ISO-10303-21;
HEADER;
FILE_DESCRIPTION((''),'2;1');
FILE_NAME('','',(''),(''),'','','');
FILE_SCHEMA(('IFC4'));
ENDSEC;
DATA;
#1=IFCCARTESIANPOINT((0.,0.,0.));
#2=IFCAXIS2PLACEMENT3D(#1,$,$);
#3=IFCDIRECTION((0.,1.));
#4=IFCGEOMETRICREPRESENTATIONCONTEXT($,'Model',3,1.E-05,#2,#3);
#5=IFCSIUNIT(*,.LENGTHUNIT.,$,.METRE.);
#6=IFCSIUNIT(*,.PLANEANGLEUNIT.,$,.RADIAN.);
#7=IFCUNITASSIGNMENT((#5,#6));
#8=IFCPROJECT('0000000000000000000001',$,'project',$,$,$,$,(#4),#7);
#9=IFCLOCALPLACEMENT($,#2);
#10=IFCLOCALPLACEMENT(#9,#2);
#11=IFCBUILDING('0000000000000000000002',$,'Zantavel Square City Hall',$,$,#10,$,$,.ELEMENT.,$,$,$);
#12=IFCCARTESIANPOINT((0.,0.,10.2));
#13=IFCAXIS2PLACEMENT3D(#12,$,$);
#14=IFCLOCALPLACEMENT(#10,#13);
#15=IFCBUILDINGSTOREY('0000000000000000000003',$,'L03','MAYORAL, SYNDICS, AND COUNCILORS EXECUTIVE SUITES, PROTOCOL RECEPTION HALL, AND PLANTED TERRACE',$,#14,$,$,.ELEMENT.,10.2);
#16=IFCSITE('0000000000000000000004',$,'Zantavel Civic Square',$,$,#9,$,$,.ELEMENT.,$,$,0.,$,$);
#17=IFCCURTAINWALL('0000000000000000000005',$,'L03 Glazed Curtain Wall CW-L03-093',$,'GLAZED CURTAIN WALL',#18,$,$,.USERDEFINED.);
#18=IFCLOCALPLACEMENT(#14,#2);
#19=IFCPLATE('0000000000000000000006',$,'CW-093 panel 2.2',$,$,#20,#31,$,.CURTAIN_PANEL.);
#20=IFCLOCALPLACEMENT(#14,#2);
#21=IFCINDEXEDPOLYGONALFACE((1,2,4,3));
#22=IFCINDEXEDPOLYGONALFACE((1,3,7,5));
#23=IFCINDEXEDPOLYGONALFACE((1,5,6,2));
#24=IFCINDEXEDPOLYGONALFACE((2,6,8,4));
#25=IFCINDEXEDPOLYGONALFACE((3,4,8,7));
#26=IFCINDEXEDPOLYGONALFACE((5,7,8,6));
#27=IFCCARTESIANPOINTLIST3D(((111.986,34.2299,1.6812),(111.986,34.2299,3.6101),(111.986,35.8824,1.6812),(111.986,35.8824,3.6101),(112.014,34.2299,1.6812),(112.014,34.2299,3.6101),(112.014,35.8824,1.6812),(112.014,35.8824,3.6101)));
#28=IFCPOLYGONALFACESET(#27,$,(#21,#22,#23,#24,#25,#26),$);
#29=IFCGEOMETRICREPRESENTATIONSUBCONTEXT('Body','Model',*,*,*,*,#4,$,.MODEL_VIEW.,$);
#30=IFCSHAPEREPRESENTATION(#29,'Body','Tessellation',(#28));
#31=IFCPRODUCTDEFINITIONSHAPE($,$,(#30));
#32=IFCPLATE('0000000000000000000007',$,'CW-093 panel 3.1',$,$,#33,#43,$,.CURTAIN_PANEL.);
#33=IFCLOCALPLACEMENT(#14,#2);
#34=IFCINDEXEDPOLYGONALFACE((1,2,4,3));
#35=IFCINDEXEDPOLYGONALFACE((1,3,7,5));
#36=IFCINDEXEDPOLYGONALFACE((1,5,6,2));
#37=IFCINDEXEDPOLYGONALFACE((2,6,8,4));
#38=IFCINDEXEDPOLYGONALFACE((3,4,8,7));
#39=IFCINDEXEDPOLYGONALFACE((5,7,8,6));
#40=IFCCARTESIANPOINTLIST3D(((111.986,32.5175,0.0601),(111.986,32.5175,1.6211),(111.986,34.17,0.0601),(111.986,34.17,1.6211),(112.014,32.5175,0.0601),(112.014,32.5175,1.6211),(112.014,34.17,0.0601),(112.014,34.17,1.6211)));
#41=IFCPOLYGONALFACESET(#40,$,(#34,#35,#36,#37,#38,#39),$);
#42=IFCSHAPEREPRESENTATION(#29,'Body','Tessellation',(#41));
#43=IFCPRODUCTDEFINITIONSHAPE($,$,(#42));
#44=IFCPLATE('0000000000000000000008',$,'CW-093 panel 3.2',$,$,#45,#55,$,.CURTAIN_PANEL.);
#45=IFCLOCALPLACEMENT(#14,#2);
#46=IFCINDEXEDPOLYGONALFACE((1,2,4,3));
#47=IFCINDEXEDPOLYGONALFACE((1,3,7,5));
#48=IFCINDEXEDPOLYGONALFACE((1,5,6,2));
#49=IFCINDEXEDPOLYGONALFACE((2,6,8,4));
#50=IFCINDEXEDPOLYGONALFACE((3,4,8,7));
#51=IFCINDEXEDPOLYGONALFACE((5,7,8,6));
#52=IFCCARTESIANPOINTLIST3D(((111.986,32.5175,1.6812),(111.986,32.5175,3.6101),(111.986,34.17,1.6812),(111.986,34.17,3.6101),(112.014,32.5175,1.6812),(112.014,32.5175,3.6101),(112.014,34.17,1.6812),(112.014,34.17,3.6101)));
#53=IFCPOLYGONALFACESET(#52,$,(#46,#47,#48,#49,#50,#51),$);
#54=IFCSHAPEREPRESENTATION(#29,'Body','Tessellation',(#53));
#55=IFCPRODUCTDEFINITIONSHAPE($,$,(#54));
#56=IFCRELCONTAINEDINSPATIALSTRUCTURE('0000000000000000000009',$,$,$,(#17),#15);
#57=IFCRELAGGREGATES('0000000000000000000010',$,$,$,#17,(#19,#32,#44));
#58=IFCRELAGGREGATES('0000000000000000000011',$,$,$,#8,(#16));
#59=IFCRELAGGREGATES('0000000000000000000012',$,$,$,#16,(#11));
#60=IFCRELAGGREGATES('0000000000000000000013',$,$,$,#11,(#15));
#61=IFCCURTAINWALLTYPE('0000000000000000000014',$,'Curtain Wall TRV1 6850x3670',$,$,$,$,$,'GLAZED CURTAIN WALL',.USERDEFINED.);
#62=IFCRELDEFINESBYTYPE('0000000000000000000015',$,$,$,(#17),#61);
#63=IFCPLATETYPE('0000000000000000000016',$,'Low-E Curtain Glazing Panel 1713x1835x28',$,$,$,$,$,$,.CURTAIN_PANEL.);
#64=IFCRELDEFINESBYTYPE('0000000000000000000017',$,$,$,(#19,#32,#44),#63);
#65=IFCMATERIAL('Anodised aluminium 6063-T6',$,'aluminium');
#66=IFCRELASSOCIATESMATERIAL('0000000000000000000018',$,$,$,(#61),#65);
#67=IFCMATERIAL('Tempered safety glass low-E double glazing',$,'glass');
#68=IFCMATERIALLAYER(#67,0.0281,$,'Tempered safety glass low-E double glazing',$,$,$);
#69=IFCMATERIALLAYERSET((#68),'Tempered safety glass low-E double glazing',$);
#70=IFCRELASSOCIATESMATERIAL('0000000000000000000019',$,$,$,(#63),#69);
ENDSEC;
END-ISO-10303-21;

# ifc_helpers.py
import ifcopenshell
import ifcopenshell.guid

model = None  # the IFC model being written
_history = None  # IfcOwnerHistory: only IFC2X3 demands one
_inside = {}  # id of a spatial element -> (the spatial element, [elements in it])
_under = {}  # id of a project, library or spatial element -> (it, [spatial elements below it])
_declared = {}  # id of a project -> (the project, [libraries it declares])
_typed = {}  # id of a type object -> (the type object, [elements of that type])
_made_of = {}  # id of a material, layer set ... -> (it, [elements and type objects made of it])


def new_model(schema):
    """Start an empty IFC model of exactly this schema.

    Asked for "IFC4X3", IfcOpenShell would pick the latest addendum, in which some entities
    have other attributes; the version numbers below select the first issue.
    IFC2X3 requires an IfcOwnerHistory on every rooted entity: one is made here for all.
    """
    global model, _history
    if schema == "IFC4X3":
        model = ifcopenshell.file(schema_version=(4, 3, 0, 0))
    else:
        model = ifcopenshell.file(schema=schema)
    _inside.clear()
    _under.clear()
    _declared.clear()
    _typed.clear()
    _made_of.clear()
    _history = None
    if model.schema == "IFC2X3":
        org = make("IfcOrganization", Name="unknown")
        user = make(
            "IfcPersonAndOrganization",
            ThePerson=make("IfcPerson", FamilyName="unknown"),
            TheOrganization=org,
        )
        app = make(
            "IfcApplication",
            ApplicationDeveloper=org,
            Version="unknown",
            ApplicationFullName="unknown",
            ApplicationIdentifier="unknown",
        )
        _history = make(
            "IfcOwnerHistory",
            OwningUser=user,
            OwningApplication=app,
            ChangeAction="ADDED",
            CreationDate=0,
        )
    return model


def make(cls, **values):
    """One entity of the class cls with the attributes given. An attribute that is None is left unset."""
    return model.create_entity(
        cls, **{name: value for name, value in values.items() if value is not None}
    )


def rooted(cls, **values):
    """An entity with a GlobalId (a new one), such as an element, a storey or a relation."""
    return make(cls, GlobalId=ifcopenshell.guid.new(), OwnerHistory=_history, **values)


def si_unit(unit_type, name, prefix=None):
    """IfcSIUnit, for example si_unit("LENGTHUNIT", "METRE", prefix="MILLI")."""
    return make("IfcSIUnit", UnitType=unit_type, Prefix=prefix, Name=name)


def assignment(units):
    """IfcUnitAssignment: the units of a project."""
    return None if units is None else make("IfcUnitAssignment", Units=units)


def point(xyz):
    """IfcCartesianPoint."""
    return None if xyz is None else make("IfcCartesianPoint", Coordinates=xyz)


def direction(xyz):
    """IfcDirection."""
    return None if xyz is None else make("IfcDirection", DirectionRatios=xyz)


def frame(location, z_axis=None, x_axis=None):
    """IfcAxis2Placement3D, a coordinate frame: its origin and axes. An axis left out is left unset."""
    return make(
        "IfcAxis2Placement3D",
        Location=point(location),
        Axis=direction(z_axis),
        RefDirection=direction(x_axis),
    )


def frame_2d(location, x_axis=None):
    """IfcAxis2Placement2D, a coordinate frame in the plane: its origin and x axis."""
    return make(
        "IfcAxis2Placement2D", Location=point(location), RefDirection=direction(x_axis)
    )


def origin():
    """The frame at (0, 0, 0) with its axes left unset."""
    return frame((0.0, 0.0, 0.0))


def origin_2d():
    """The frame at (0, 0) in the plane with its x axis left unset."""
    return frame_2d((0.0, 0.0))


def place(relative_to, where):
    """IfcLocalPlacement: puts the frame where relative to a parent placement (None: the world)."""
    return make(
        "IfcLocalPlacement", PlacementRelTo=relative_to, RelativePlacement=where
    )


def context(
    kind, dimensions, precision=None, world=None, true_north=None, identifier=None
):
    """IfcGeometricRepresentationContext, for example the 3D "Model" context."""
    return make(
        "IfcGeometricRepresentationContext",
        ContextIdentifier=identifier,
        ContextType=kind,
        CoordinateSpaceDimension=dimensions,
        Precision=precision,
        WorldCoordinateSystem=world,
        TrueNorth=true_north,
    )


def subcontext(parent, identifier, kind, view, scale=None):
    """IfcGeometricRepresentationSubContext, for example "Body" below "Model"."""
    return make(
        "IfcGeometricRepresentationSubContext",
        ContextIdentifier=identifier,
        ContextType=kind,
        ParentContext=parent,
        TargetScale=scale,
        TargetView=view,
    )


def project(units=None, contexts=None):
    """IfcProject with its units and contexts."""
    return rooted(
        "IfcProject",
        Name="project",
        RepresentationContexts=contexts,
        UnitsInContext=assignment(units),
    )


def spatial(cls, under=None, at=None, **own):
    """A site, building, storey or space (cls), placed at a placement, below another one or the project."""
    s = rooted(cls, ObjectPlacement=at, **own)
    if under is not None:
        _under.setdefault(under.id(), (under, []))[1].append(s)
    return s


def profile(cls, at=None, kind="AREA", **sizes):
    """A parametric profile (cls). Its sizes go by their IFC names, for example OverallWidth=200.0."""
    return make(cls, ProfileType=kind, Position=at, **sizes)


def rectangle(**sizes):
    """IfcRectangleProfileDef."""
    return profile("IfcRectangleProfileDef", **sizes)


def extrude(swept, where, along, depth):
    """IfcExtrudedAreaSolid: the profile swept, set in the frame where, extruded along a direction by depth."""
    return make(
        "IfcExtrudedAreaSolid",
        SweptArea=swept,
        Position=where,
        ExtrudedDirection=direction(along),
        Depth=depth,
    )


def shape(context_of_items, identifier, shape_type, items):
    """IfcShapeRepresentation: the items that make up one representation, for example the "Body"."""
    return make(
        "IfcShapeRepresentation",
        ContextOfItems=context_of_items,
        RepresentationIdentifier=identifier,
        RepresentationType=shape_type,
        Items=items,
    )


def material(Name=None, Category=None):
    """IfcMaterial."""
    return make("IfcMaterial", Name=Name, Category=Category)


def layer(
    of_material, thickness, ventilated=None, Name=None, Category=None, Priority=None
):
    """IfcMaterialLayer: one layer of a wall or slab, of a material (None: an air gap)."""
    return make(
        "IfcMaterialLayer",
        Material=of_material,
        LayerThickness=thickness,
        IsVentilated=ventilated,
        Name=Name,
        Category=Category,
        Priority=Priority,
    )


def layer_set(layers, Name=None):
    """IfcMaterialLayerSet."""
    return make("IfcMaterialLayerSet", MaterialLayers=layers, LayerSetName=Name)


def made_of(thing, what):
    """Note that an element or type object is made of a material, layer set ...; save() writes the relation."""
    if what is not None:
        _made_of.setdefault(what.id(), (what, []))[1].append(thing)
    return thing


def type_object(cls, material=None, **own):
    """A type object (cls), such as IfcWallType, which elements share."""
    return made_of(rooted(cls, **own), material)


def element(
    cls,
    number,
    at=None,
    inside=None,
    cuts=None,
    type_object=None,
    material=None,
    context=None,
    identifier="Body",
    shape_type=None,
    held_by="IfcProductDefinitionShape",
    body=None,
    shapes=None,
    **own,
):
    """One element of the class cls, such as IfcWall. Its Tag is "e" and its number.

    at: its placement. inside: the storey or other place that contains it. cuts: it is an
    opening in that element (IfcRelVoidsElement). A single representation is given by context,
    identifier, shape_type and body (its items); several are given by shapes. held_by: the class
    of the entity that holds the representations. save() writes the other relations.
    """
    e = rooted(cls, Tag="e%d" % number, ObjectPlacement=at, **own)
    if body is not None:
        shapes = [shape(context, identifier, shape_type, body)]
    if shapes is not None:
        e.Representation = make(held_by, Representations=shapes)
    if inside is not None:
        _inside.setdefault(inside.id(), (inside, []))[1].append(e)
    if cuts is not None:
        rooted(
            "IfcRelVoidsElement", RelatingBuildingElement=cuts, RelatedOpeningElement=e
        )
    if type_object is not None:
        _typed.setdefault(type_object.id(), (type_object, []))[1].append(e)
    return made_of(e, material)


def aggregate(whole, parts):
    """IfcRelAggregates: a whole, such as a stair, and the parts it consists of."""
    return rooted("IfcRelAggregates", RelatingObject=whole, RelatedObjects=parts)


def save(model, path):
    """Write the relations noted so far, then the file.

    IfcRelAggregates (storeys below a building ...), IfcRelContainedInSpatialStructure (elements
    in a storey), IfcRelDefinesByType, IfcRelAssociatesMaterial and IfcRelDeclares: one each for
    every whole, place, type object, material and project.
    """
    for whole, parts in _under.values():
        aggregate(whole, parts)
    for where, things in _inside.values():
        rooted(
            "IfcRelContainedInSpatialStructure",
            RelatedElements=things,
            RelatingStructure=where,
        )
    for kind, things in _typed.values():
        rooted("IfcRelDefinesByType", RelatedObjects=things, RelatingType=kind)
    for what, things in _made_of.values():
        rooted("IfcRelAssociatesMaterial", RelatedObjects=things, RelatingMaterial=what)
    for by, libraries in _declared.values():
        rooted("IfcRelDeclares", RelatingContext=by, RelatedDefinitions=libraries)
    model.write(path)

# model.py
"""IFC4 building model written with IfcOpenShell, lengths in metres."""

from ifc_helpers import new_model, si_unit, direction, frame, origin, origin_2d, place, context, subcontext, project, spatial, rectangle, extrude, material, layer, layer_set, type_object, element, aggregate, save


model = new_model("IFC4")

# Units and contexts
model_context = context("Model", 3, precision=1e-05, world=origin(), true_north=direction((0.0, 1.0)))
body_context = subcontext(model_context, "Body", "Model", "MODEL_VIEW")
ifc_project = project(units=[si_unit("LENGTHUNIT", "METRE"), si_unit("PLANEANGLEUNIT", "RADIAN")], contexts=[model_context])

# Site, building, storey
site_placement = place(None, origin())
site = spatial("IfcSite", under=ifc_project, at=site_placement, Name="Zantavel Civic Square", CompositionType="ELEMENT", RefElevation=0.0)
building_placement = place(site_placement, origin())
building = spatial("IfcBuilding", under=site, at=building_placement, Name="Zantavel Square City Hall", CompositionType="ELEMENT")
storey_placement = place(building_placement, frame((0.0, 0.0, 10.2)))
storey = spatial("IfcBuildingStorey", under=building, at=storey_placement, Name="L03", Description="MAYORAL, SYNDICS, AND COUNCILORS EXECUTIVE SUITES, PROTOCOL RECEPTION HALL, AND PLANTED TERRACE", CompositionType="ELEMENT", Elevation=10.2)

# Shared definitions
ifc_material_1 = material(Name="Anodised aluminium 6063-T6", Category="aluminium")
curtain_wall_type = type_object("IfcCurtainWallType", Name="Curtain Wall TRV1 6850x3670", ElementType="GLAZED CURTAIN WALL", PredefinedType="USERDEFINED", material=ifc_material_1)

# Curtain wall
curtain_wall_1_placement = place(storey_placement, origin())
curtain_wall_1 = element("IfcCurtainWall", 1, at=curtain_wall_1_placement, inside=storey, type_object=curtain_wall_type, Name="L03 Glazed Curtain Wall CW-L03-093", ObjectType="GLAZED CURTAIN WALL", PredefinedType="USERDEFINED")

# Plates
ifc_material_2 = material(Name="Tempered safety glass low-E double glazing", Category="glass")
ifc_layer = layer(ifc_material_2, 0.0281, Name="Tempered safety glass low-E double glazing")
ifc_layer_set = layer_set([ifc_layer], Name="Tempered safety glass low-E double glazing")
plate_type = type_object("IfcPlateType", Name="Low-E Curtain Glazing Panel 1713x1835x28", PredefinedType="CURTAIN_PANEL", material=ifc_layer_set)
plate_1_placement = place(storey_placement, frame((112.0, 35.0562, 1.6812), z_axis=(0.0, 0.0, 1.0), x_axis=(0.0, -1.0, 0.0)))
plate_1 = element("IfcPlate", 2, at=plate_1_placement, type_object=plate_type, Name="CW-093 panel 2.2", PredefinedType="CURTAIN_PANEL", context=body_context, shape_type="SweptSolid", body=[
    extrude(rectangle(XDim=1.6526, YDim=0.0281, at=origin_2d()), origin(), (0.0, 0.0, 1.0), 1.929),
])
plate_2_placement = place(storey_placement, frame((112.0, 33.3438, 0.0601), z_axis=(0.0, 0.0, 1.0), x_axis=(0.0, -1.0, 0.0)))
plate_2 = element("IfcPlate", 3, at=plate_2_placement, type_object=plate_type, Name="CW-093 panel 3.1", PredefinedType="CURTAIN_PANEL", context=body_context, shape_type="SweptSolid", body=[
    extrude(rectangle(XDim=1.6526, YDim=0.0281, at=origin_2d()), origin(), (0.0, 0.0, 1.0), 1.561),
])
plate_3_placement = place(storey_placement, frame((112.0, 33.3438, 1.6812), z_axis=(0.0, 0.0, 1.0), x_axis=(0.0, -1.0, 0.0)))
plate_3 = element("IfcPlate", 4, at=plate_3_placement, type_object=plate_type, Name="CW-093 panel 3.2", PredefinedType="CURTAIN_PANEL", context=body_context, shape_type="SweptSolid", body=[
    extrude(rectangle(XDim=1.6526, YDim=0.0281, at=origin_2d()), origin(), (0.0, 0.0, 1.0), 1.929),
])
aggregate(curtain_wall_1, [plate_1, plate_2, plate_3])

save(model, "model.ifc")
